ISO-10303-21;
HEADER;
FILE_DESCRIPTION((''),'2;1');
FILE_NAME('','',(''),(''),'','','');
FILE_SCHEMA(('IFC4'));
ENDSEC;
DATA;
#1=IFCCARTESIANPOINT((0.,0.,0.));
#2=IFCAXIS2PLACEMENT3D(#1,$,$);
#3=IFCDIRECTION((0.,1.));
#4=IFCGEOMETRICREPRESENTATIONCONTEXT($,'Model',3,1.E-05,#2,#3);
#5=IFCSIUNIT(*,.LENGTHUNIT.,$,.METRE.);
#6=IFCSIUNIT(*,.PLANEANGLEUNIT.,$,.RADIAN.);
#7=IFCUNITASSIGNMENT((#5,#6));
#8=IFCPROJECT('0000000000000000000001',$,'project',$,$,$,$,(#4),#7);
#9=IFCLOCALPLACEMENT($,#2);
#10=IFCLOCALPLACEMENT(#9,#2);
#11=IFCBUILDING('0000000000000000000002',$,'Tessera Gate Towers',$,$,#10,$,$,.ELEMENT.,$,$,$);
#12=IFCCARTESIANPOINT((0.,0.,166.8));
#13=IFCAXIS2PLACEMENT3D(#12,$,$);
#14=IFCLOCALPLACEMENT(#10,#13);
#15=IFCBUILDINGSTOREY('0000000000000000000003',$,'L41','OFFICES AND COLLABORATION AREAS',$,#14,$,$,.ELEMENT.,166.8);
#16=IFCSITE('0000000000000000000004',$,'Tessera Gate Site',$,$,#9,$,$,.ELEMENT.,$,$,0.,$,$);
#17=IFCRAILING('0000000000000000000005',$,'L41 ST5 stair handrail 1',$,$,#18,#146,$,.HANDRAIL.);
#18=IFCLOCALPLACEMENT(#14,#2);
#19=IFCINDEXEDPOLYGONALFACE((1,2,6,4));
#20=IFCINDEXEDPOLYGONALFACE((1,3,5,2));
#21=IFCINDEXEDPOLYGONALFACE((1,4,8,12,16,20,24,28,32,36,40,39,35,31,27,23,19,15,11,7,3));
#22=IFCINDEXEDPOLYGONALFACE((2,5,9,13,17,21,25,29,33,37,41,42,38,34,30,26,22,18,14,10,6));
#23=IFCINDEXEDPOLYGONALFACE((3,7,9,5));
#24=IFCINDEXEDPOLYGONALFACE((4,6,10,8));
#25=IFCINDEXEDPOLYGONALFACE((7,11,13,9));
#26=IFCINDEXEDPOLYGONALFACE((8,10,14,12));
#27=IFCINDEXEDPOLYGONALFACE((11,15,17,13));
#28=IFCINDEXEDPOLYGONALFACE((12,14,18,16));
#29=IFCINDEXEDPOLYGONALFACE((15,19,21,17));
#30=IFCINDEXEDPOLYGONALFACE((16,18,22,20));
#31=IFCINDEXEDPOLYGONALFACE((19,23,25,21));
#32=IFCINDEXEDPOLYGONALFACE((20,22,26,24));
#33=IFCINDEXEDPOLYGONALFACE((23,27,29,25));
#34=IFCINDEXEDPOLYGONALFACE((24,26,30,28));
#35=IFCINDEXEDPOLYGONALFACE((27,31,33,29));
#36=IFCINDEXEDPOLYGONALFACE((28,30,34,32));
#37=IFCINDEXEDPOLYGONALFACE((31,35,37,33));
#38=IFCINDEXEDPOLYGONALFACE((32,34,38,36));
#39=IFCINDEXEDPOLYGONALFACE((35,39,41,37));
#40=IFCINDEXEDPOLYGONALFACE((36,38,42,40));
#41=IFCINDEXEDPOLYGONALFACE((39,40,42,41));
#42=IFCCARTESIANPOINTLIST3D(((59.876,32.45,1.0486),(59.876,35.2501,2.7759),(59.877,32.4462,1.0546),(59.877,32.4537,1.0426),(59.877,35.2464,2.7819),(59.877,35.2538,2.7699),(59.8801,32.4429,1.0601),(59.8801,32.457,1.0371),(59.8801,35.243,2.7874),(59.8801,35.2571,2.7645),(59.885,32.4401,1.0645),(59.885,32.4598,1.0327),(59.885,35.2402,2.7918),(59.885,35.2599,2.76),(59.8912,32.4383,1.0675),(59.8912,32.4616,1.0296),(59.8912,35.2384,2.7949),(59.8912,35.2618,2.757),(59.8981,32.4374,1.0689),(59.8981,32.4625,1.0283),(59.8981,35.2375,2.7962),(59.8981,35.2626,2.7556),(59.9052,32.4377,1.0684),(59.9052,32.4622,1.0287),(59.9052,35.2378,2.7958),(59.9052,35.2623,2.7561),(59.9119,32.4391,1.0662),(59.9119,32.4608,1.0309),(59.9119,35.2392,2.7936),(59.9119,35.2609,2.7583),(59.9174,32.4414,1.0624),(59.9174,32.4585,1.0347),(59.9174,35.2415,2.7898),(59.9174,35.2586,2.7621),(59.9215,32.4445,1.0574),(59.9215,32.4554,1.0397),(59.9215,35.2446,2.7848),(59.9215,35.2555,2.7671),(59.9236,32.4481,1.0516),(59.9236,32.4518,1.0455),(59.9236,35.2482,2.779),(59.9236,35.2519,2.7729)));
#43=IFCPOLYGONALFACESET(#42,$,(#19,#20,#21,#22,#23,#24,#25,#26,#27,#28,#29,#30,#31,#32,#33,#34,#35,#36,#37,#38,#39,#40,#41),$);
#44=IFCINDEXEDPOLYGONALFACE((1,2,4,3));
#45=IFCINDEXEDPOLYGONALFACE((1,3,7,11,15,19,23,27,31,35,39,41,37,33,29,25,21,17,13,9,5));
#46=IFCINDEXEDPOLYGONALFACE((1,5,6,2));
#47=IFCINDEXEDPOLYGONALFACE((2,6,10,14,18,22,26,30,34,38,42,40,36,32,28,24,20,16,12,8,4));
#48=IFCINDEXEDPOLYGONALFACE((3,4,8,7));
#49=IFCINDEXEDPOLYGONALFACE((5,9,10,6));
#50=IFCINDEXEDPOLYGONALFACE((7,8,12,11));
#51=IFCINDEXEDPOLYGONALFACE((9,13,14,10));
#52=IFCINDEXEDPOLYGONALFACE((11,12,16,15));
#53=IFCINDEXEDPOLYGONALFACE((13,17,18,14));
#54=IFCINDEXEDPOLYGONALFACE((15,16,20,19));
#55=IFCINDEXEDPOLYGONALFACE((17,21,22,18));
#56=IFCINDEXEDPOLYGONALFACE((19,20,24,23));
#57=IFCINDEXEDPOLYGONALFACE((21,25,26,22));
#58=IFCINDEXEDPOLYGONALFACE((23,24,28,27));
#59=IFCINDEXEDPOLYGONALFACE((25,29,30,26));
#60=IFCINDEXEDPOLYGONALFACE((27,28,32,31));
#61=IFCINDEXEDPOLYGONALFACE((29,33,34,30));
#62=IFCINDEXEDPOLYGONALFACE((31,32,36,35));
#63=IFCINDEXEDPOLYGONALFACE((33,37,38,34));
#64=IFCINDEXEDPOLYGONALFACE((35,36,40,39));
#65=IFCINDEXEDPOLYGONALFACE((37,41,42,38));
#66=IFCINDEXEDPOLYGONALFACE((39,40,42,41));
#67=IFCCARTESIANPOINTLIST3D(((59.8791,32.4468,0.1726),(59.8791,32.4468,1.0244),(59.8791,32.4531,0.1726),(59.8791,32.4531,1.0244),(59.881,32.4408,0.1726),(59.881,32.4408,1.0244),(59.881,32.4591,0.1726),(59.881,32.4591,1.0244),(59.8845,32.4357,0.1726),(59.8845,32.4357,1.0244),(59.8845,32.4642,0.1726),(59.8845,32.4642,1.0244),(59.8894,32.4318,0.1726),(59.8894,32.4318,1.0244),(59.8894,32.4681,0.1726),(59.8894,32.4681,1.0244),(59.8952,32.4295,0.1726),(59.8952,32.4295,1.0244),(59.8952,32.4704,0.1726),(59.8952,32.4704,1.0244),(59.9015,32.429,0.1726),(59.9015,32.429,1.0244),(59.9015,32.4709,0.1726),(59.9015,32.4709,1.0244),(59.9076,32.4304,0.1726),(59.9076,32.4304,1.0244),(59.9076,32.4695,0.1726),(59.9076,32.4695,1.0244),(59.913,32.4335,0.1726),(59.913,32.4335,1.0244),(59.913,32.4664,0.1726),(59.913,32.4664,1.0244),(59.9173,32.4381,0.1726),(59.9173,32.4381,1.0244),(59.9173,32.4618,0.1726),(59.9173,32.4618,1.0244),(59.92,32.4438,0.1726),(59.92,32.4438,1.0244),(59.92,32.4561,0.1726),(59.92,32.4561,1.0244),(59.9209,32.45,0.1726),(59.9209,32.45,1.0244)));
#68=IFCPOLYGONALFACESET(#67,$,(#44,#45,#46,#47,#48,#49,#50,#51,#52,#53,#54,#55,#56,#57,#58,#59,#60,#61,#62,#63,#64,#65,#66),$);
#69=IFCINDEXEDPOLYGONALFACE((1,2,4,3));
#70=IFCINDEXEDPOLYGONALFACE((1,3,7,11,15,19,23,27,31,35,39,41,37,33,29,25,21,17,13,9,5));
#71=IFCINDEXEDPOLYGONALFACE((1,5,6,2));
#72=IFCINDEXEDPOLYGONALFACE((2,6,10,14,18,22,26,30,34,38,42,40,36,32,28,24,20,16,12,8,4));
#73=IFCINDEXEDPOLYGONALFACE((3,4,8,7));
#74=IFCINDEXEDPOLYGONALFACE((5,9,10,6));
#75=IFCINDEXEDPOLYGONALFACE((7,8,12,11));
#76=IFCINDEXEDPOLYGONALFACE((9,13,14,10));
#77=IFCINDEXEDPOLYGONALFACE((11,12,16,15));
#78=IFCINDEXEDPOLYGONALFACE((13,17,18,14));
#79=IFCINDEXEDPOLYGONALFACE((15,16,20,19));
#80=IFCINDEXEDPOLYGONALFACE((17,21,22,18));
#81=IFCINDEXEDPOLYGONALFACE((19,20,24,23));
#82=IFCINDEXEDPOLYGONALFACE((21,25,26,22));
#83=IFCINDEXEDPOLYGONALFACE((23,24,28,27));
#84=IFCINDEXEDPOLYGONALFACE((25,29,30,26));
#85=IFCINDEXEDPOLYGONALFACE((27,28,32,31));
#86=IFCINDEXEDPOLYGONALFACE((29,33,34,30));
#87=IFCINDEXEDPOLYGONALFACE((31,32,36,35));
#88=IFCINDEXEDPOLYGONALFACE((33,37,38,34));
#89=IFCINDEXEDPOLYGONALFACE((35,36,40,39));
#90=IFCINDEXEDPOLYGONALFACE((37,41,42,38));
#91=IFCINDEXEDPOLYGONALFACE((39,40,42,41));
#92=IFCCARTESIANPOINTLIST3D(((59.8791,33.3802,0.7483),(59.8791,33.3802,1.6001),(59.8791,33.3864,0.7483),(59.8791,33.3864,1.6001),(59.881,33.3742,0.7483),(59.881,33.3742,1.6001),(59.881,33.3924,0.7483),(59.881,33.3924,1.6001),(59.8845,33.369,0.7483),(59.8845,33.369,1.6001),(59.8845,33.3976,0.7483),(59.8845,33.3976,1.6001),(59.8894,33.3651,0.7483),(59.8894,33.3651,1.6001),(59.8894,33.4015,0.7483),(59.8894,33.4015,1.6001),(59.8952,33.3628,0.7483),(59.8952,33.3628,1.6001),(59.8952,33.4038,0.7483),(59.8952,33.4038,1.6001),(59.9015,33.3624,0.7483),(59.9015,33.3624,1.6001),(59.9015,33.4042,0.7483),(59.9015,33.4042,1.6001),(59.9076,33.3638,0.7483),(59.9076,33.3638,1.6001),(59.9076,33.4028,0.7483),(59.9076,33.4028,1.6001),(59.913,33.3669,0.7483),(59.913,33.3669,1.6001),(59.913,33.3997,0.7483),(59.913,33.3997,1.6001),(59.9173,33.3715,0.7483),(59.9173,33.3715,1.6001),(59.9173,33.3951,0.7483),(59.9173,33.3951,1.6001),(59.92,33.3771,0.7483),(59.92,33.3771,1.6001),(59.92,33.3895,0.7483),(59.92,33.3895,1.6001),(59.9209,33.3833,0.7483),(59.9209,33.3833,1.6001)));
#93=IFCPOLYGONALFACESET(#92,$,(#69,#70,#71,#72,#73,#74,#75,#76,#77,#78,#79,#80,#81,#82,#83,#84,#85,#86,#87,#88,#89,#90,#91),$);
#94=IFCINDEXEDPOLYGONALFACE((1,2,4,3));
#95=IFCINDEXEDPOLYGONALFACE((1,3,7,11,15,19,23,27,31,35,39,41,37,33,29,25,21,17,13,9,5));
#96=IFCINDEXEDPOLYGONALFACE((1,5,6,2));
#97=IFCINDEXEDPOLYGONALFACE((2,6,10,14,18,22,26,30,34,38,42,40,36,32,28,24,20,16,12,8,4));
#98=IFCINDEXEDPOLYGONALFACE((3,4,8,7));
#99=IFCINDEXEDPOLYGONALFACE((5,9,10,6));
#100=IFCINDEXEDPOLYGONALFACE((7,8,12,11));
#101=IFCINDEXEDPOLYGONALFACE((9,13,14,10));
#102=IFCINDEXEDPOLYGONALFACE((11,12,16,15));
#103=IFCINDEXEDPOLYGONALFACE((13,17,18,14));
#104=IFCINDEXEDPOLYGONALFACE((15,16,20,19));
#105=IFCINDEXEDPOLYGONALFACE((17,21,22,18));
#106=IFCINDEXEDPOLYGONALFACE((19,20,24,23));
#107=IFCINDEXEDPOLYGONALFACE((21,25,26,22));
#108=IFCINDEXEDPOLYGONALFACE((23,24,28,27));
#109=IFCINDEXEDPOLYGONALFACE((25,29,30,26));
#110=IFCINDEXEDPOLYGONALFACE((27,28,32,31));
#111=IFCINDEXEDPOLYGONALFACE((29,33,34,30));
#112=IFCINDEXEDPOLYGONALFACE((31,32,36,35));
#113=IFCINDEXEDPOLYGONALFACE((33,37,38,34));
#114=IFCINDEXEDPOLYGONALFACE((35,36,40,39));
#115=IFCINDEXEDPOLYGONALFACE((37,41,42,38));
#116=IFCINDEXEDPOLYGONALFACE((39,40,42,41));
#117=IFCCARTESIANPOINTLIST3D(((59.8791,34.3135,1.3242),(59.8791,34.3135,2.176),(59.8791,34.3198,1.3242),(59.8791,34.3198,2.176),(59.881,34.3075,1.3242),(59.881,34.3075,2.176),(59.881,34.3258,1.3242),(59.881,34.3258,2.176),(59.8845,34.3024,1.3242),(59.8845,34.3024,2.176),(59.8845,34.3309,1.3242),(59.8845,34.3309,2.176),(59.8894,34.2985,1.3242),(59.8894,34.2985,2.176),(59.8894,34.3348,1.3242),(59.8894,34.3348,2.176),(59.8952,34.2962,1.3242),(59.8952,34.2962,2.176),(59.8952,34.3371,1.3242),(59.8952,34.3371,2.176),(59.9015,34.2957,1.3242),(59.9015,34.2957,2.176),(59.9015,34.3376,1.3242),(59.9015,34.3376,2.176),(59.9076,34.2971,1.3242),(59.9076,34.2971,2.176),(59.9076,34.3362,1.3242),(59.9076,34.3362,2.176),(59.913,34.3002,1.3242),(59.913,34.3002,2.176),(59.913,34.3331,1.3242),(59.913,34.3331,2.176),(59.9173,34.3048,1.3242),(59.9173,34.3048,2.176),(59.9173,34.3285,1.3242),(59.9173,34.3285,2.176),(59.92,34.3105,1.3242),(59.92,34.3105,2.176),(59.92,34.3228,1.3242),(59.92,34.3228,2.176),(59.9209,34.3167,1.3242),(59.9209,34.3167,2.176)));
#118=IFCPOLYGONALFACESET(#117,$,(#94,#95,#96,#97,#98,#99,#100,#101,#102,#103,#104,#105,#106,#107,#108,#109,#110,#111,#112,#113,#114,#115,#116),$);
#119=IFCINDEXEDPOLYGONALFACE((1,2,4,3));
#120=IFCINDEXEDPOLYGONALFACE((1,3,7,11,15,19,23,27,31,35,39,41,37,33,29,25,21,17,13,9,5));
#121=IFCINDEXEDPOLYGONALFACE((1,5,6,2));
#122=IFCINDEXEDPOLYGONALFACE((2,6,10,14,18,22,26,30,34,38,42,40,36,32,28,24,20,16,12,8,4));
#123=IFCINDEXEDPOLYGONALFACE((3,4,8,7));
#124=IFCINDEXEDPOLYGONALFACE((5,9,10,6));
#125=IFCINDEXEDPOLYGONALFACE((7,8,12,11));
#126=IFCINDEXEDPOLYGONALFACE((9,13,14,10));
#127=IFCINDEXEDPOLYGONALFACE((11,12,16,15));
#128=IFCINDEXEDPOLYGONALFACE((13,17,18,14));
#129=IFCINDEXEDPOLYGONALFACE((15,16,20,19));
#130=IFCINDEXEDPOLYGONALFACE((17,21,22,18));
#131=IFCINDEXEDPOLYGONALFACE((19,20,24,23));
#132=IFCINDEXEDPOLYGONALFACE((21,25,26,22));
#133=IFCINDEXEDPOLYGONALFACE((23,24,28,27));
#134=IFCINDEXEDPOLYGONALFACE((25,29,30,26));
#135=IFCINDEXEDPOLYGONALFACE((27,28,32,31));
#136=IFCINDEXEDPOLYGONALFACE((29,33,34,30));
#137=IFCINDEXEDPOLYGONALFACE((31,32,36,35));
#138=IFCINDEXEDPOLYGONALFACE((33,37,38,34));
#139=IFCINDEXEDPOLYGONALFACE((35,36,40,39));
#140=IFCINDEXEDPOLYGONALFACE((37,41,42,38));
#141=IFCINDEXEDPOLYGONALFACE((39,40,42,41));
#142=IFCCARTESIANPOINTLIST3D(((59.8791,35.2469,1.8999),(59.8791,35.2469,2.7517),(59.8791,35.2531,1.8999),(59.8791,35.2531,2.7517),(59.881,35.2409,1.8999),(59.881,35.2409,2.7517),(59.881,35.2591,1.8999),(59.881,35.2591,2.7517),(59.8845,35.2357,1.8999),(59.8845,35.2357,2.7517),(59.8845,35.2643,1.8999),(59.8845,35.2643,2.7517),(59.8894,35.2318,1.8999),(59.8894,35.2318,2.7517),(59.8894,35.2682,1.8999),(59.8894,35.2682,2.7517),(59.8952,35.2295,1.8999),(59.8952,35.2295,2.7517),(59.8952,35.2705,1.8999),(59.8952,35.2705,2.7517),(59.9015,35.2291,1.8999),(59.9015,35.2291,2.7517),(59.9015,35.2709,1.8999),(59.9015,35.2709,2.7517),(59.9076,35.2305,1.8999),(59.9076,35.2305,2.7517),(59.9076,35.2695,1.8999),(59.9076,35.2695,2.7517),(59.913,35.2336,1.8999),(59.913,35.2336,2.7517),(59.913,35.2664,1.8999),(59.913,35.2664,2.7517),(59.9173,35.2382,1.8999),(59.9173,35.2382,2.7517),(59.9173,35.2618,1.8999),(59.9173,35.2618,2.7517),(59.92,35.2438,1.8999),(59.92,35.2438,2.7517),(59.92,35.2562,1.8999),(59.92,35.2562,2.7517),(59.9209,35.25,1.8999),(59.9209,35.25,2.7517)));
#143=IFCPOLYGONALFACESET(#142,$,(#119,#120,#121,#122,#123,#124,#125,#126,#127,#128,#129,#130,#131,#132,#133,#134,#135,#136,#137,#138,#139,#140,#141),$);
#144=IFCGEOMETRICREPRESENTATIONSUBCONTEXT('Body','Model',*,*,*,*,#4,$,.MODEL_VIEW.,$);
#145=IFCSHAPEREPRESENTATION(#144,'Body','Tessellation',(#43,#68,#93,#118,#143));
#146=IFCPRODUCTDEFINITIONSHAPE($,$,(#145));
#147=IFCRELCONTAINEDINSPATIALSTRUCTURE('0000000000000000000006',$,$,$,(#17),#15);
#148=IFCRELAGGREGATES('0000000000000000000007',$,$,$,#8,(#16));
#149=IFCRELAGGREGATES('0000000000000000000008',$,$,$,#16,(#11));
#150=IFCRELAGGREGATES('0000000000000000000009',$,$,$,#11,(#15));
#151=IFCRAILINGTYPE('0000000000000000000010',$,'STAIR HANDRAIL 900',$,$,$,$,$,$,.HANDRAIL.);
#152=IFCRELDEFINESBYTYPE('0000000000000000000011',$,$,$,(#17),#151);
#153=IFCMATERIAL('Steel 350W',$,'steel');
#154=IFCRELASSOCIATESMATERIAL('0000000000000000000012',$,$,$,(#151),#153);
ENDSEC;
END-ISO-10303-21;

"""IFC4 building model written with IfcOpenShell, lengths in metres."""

from ifc_helpers import new_model, si_unit, direction, frame, origin, origin_2d, place, context, subcontext, project, spatial, circle, extrude, material, type_object, element, save


model = new_model("IFC4")

# Units and contexts
model_context = context("Model", 3, precision=1e-05, world=origin(), true_north=direction((0.0, 1.0)))
body_context = subcontext(model_context, "Body", "Model", "MODEL_VIEW")
ifc_project = project(units=[si_unit("LENGTHUNIT", "METRE"), si_unit("PLANEANGLEUNIT", "RADIAN")], contexts=[model_context])

# Site, building, storey
site_placement = place(None, origin())
site = spatial("IfcSite", under=ifc_project, at=site_placement, Name="Tessera Gate Site", CompositionType="ELEMENT", RefElevation=0.0)
building_placement = place(site_placement, origin())
building = spatial("IfcBuilding", under=site, at=building_placement, Name="Tessera Gate Towers", CompositionType="ELEMENT")
storey_placement = place(building_placement, frame((0.0, 0.0, 166.8)))
storey = spatial("IfcBuildingStorey", under=building, at=storey_placement, Name="L41", Description="OFFICES AND COLLABORATION AREAS", CompositionType="ELEMENT", Elevation=166.8)

# Railing
ifc_material_1 = material(Name="Steel 350W", Category="steel")
railing_type_1 = type_object("IfcRailingType", Name="STAIR HANDRAIL 900", PredefinedType="HANDRAIL", material=ifc_material_1)
railing_1_placement = place(storey_placement, frame((59.8999, 32.45, 0.1726)))
element("IfcRailing", 1, at=railing_1_placement, inside=storey, type_object=railing_type_1, Name="L41 ST5 stair handrail 1", PredefinedType="HANDRAIL", context=body_context, shape_type="SweptSolid", body=[
    extrude(circle(Radius=0.0239, at=origin_2d()), frame((0.0, 0.0, 0.876), z_axis=(0.0, 0.85109, 0.52502), x_axis=(-1.0, 0.0, 0.0)), (0.0, 0.0, 1.0), 3.29),
    extrude(circle(Radius=0.021, at=origin_2d()), origin(), (0.0, 0.0, 1.0), 0.8518),
    extrude(circle(Radius=0.021, at=origin_2d()), frame((0.0, 0.9333, 0.5757)), (0.0, 0.0, 1.0), 0.8518),
    extrude(circle(Radius=0.021, at=origin_2d()), frame((0.0, 1.8667, 1.1516)), (0.0, 0.0, 1.0), 0.8518),
    extrude(circle(Radius=0.021, at=origin_2d()), frame((0.0, 2.8, 1.7273)), (0.0, 0.0, 1.0), 0.8518),
])

save(model, "model.ifc")
